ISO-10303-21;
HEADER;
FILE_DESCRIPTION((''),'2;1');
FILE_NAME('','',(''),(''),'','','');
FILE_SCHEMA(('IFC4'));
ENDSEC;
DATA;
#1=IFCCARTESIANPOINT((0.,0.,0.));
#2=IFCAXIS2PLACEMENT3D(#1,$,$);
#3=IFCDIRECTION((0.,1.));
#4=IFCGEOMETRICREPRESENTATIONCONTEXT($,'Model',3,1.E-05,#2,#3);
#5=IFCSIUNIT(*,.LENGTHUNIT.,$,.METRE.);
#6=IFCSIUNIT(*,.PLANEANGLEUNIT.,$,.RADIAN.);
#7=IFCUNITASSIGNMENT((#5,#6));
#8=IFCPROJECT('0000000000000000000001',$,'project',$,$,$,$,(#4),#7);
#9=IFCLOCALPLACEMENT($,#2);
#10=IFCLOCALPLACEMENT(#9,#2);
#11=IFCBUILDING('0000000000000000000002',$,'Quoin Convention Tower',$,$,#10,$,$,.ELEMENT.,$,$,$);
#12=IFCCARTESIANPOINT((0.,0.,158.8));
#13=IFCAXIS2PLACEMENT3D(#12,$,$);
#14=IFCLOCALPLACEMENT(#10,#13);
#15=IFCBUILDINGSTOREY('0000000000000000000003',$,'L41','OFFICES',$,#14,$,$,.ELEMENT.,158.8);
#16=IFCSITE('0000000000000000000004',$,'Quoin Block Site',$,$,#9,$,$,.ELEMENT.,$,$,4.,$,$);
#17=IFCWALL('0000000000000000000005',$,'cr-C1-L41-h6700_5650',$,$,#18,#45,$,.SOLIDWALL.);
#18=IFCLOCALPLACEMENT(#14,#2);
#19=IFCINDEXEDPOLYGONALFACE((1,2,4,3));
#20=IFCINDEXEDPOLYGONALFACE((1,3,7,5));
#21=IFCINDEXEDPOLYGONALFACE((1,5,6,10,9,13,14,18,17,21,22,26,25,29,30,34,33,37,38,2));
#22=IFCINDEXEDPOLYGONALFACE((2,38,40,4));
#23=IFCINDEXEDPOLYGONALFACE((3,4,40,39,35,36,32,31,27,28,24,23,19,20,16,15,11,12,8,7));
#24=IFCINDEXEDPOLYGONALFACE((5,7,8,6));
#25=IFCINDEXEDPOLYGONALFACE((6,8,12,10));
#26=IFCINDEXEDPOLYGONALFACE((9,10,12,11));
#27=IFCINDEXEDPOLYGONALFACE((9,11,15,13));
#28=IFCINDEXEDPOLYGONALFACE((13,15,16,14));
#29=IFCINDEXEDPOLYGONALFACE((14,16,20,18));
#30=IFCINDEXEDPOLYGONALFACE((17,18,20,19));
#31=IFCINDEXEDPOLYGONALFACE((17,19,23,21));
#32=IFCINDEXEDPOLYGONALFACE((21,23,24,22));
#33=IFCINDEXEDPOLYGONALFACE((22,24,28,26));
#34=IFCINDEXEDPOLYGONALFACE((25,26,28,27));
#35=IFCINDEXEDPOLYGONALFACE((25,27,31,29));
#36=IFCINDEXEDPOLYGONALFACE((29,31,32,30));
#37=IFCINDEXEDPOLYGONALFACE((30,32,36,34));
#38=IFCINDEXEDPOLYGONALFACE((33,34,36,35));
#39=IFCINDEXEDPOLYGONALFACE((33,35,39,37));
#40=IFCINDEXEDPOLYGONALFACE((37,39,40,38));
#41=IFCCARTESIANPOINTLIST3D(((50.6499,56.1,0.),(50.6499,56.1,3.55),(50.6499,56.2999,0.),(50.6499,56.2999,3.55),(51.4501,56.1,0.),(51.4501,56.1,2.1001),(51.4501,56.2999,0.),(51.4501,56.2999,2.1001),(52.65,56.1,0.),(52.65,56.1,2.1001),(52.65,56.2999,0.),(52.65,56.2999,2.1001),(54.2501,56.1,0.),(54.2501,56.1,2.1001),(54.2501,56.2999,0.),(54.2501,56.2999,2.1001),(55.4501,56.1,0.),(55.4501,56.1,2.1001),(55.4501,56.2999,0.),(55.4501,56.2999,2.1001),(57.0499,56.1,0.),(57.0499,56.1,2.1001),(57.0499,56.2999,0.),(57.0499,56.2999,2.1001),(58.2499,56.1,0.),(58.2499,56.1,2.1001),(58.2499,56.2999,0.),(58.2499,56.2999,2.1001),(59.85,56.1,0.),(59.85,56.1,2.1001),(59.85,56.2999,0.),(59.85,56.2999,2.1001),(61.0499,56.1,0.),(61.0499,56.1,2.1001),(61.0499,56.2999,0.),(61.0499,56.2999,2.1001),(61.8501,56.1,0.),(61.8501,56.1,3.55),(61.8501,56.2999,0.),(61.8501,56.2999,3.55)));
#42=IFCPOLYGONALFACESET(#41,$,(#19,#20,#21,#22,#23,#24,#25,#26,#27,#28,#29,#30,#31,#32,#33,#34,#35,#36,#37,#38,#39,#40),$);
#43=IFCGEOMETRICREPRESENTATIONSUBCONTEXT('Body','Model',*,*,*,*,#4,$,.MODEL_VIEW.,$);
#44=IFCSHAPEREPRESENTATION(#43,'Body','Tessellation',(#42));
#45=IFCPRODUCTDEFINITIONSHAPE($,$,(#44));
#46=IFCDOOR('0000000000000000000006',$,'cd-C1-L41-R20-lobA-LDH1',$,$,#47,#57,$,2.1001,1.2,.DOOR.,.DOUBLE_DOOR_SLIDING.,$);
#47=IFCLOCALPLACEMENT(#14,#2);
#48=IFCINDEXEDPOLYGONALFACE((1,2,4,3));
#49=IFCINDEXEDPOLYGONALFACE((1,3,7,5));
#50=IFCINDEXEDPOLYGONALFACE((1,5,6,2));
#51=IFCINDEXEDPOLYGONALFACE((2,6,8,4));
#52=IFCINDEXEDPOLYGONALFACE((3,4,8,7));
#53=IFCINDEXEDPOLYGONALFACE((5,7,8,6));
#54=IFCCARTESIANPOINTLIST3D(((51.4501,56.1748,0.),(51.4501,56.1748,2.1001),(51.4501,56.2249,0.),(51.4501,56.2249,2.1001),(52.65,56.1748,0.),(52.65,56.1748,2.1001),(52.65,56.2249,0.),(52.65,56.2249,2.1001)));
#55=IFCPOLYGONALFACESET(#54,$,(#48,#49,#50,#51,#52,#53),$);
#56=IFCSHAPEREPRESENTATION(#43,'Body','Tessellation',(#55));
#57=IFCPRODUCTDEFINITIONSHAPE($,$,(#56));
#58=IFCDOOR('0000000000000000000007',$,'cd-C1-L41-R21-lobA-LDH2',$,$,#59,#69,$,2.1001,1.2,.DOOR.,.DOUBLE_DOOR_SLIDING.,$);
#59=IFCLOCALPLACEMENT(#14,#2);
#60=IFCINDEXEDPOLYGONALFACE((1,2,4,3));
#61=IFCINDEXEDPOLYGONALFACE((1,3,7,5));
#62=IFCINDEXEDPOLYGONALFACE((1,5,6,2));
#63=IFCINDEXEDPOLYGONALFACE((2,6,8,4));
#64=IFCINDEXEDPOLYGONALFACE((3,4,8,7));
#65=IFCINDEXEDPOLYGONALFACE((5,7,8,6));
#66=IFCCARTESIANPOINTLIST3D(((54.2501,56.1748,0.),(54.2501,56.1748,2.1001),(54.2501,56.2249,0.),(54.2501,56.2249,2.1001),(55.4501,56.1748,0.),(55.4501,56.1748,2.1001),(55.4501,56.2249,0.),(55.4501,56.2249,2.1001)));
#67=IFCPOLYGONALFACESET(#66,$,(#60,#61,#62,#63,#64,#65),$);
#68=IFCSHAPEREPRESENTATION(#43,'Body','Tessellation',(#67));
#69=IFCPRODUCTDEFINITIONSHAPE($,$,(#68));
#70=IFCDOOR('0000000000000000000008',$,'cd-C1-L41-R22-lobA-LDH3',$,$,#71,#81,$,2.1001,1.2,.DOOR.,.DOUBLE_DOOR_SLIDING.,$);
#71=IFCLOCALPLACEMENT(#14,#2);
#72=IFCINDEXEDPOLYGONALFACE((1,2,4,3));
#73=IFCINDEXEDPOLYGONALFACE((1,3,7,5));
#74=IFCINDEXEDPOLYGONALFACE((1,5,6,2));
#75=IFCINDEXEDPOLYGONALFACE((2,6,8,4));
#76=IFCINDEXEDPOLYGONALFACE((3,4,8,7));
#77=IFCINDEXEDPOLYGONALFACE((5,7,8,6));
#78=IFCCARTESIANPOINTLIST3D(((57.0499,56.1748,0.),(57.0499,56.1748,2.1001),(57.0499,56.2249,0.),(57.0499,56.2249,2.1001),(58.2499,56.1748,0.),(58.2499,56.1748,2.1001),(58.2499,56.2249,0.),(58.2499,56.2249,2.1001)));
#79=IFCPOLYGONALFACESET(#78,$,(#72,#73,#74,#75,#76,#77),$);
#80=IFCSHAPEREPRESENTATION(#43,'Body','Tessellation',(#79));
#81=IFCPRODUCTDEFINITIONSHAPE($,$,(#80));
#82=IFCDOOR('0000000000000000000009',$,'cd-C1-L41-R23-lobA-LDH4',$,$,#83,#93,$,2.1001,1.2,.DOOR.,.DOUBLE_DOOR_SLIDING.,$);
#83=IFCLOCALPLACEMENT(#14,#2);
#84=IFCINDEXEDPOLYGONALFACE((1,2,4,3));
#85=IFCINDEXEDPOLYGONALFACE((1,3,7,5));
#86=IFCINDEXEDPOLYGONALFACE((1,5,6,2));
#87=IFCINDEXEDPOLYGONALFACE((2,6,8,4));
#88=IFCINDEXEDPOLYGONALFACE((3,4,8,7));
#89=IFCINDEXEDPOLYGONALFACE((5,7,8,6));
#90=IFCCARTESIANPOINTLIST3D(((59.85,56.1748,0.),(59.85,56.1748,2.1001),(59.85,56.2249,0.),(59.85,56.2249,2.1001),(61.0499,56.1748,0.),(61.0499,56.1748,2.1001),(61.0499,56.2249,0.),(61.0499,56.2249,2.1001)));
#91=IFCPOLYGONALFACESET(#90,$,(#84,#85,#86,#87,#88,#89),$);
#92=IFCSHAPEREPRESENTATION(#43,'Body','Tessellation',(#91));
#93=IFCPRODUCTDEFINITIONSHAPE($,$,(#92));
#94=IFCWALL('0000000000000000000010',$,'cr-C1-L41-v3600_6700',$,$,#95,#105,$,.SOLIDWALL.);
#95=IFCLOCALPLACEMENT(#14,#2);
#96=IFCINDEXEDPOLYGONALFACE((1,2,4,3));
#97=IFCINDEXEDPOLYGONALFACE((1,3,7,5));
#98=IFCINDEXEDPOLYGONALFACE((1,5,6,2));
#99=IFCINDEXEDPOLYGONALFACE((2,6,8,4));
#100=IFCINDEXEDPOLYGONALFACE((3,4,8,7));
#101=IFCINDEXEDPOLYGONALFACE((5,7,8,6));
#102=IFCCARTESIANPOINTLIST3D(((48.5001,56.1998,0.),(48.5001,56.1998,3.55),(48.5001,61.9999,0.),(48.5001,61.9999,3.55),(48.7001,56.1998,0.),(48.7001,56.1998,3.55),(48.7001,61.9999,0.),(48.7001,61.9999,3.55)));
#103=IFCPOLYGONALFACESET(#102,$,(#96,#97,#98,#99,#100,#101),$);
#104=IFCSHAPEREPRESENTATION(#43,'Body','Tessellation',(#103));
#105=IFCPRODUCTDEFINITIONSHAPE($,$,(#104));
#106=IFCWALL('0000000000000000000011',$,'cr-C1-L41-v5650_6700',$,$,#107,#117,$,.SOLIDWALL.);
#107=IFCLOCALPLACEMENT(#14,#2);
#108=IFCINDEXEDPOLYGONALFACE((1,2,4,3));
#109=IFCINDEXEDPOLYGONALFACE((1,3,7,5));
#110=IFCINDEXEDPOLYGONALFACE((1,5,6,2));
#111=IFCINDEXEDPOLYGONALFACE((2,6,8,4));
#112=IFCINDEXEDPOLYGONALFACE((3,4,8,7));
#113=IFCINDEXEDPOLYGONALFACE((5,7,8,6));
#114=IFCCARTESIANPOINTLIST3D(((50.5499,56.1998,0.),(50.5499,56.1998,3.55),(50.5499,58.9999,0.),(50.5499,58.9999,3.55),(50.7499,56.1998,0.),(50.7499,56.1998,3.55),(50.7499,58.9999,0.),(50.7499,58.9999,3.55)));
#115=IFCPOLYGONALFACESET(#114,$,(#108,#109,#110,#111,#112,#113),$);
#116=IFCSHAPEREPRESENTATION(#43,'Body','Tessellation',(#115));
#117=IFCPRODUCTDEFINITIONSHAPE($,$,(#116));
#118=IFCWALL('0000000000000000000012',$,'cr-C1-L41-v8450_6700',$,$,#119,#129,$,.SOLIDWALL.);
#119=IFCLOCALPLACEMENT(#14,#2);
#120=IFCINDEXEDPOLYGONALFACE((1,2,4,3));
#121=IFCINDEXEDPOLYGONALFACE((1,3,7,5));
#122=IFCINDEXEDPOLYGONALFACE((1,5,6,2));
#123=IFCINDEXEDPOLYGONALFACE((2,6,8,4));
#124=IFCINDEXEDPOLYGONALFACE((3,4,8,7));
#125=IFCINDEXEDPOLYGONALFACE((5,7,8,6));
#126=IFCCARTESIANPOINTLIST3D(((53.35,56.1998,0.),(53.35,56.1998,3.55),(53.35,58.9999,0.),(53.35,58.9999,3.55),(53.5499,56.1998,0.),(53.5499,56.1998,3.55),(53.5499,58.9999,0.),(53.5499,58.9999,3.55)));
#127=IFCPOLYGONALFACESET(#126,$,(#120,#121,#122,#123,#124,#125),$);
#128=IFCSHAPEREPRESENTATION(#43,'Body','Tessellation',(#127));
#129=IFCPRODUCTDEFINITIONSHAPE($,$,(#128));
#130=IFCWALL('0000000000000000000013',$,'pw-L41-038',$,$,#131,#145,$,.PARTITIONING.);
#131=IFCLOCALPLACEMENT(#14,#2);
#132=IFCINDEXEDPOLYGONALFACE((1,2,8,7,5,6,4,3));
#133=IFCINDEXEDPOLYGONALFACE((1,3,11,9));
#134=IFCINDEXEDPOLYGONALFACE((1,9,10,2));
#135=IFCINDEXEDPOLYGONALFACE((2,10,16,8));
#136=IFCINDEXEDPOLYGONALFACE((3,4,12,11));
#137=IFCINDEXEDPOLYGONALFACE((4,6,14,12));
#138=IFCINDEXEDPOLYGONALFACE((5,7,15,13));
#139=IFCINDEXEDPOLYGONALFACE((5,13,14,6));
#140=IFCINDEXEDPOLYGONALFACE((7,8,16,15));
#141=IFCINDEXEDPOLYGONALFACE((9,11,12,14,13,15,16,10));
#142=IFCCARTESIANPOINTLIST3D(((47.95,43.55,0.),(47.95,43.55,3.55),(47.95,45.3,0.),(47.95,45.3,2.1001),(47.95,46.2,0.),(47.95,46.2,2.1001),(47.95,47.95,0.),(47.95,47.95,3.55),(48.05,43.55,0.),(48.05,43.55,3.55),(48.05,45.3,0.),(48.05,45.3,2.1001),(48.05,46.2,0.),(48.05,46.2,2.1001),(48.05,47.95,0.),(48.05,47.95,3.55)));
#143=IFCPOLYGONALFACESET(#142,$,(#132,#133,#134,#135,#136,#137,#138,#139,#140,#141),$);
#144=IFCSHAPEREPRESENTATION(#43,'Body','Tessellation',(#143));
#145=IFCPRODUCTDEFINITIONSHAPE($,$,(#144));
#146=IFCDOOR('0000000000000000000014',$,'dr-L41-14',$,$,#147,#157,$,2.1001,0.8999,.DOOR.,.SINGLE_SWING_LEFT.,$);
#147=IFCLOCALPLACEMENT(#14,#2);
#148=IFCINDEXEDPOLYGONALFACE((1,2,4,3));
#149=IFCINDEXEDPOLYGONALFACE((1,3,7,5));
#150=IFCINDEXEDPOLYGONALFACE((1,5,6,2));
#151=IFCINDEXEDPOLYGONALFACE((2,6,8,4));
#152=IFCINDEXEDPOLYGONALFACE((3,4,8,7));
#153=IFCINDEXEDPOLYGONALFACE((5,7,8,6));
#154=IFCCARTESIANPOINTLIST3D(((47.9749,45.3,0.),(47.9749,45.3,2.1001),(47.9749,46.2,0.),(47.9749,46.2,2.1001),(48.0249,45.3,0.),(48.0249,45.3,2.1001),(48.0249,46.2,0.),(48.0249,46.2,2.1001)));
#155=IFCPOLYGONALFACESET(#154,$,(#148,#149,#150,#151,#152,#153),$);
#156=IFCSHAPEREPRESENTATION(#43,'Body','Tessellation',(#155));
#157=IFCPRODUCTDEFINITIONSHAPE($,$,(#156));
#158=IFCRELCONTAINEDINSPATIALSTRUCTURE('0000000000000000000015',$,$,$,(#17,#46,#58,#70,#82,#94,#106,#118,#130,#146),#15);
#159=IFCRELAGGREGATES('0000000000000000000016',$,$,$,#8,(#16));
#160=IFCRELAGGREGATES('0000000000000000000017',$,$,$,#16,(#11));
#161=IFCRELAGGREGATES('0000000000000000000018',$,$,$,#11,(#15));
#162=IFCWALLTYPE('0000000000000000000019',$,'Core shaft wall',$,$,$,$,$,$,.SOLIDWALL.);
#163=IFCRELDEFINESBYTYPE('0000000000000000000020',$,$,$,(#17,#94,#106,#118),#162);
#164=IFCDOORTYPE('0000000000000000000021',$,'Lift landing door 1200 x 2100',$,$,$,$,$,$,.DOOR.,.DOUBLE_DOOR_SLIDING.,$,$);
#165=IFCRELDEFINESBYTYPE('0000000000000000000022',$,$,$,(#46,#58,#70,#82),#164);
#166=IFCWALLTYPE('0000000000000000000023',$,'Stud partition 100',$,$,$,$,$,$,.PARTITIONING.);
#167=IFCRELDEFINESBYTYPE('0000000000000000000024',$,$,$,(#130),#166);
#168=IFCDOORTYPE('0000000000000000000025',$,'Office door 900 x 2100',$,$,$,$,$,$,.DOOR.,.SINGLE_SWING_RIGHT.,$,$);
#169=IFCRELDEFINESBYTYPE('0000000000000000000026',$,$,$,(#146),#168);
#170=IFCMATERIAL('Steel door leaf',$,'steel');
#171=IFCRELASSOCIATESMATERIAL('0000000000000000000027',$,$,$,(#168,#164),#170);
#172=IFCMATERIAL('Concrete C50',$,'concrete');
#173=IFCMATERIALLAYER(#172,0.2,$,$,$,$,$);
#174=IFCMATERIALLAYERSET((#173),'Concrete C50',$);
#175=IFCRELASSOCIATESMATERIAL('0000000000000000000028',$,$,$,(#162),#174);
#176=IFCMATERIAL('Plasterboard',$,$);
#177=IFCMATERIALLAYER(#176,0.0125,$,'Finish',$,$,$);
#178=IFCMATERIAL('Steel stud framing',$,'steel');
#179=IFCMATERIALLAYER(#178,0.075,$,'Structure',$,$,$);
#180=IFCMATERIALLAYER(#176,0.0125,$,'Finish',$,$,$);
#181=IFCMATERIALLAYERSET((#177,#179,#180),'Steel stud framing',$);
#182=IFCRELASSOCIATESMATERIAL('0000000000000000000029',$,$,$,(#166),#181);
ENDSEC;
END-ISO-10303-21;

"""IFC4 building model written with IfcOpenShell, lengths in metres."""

from ifc_helpers import new_model, si_unit, direction, frame, frame_2d, origin, place, context, subcontext, project, spatial, rectangle, extrude, material, layer, layer_set, type_object, element, fill, save


model = new_model("IFC4")

# Units and contexts
model_context = context("Model", 3, precision=1e-05, world=origin(), true_north=direction((0.0, 1.0)))
body_context = subcontext(model_context, "Body", "Model", "MODEL_VIEW")
ifc_project = project(units=[si_unit("LENGTHUNIT", "METRE"), si_unit("PLANEANGLEUNIT", "RADIAN")], contexts=[model_context])

# Site, building, storey
site_placement = place(None, origin())
site = spatial("IfcSite", under=ifc_project, at=site_placement, Name="Quoin Block Site", CompositionType="ELEMENT", RefElevation=4.0)
building_placement = place(site_placement, origin())
building = spatial("IfcBuilding", under=site, at=building_placement, Name="Quoin Convention Tower", CompositionType="ELEMENT")
storey_placement = place(building_placement, frame((0.0, 0.0, 158.8)))
storey = spatial("IfcBuildingStorey", under=building, at=storey_placement, Name="L41", Description="OFFICES", CompositionType="ELEMENT", Elevation=158.8)

# Shared definitions
ifc_material_1 = material(Name="Concrete C50", Category="concrete")

# Shared definitions
ifc_material_2 = material(Name="Plasterboard")
ifc_material_3 = material(Name="Steel stud framing", Category="steel")

# Shared definitions
ifc_material_4 = material(Name="Steel door leaf", Category="steel")
door_type_1 = type_object("IfcDoorType", Name="Office door 900 x 2100", OperationType="SINGLE_SWING_RIGHT", PredefinedType="DOOR", material=ifc_material_4)

# Shared definitions
ifc_layer_1 = layer(ifc_material_1, 0.2)
ifc_layer_set_1 = layer_set([ifc_layer_1], Name="Concrete C50")
wall_type_1 = type_object("IfcWallType", Name="Core shaft wall", PredefinedType="SOLIDWALL", material=ifc_layer_set_1)

# Wall, openings, doors
wall_1_placement = place(storey_placement, frame((50.6499, 56.2, 0.0), z_axis=(0.0, 0.0, 1.0), x_axis=(1.0, 0.0, 0.0)))
wall_1 = element("IfcWall", 1, at=wall_1_placement, inside=storey, type_object=wall_type_1, Name="cr-C1-L41-h6700_5650", PredefinedType="SOLIDWALL", context=body_context, shape_type="SweptSolid", body=[
    extrude(rectangle(XDim=11.2002, YDim=0.2, at=frame_2d((5.6001, 0.0))), origin(), (0.0, 0.0, 1.0), 3.55),
])
opening_1_placement = place(wall_1_placement, frame((0.8, 0.0, 0.0)))
opening_1 = element("IfcOpeningElement", 2, at=opening_1_placement, cuts=wall_1, PredefinedType="OPENING", context=body_context, shape_type="SweptSolid", body=[
    extrude(rectangle(XDim=1.2, YDim=2.1001, at=frame_2d((0.6001, 1.05))), frame((0.0, 0.1099, 0.0), z_axis=(0.0, -1.0, 0.0), x_axis=(1.0, 0.0, 0.0)), (0.0, 0.0, 1.0), 0.22),
])
opening_2_placement = place(wall_1_placement, frame((3.6001, 0.0, 0.0)))
opening_2 = element("IfcOpeningElement", 3, at=opening_2_placement, cuts=wall_1, PredefinedType="OPENING", context=body_context, shape_type="SweptSolid", body=[
    extrude(rectangle(XDim=1.2, YDim=2.1001, at=frame_2d((0.6001, 1.05))), frame((0.0, 0.1099, 0.0), z_axis=(0.0, -1.0, 0.0), x_axis=(1.0, 0.0, 0.0)), (0.0, 0.0, 1.0), 0.22),
])
opening_3_placement = place(wall_1_placement, frame((6.3999, 0.0, 0.0)))
opening_3 = element("IfcOpeningElement", 4, at=opening_3_placement, cuts=wall_1, PredefinedType="OPENING", context=body_context, shape_type="SweptSolid", body=[
    extrude(rectangle(XDim=1.2, YDim=2.1001, at=frame_2d((0.6001, 1.05))), frame((0.0, 0.1099, 0.0), z_axis=(0.0, -1.0, 0.0), x_axis=(1.0, 0.0, 0.0)), (0.0, 0.0, 1.0), 0.22),
])
opening_4_placement = place(wall_1_placement, frame((9.2, 0.0, 0.0)))
opening_4 = element("IfcOpeningElement", 5, at=opening_4_placement, cuts=wall_1, PredefinedType="OPENING", context=body_context, shape_type="SweptSolid", body=[
    extrude(rectangle(XDim=1.2, YDim=2.1001, at=frame_2d((0.6001, 1.05))), frame((0.0, 0.1099, 0.0), z_axis=(0.0, -1.0, 0.0), x_axis=(1.0, 0.0, 0.0)), (0.0, 0.0, 1.0), 0.22),
])
door_type_2 = type_object("IfcDoorType", Name="Lift landing door 1200 x 2100", OperationType="DOUBLE_DOOR_SLIDING", PredefinedType="DOOR", material=ifc_material_4)
door_1_placement = place(opening_1_placement, origin())
door_1 = element("IfcDoor", 6, at=door_1_placement, inside=storey, type_object=door_type_2, Name="cd-C1-L41-R20-lobA-LDH1", OperationType="DOUBLE_DOOR_SLIDING", OverallHeight=2.1001, OverallWidth=1.2, PredefinedType="DOOR", context=body_context, shape_type="SweptSolid", body=[
    extrude(rectangle(XDim=1.2, YDim=2.1001, at=frame_2d((0.6001, 1.05))), frame((0.0, 0.0249, 0.0), z_axis=(0.0, -1.0, 0.0), x_axis=(1.0, 0.0, 0.0)), (0.0, 0.0, 1.0), 0.05),
])
fill(opening_1, door_1)
door_2_placement = place(opening_2_placement, origin())
door_2 = element("IfcDoor", 7, at=door_2_placement, inside=storey, type_object=door_type_2, Name="cd-C1-L41-R21-lobA-LDH2", OperationType="DOUBLE_DOOR_SLIDING", OverallHeight=2.1001, OverallWidth=1.2, PredefinedType="DOOR", context=body_context, shape_type="SweptSolid", body=[
    extrude(rectangle(XDim=1.2, YDim=2.1001, at=frame_2d((0.6001, 1.05))), frame((0.0, 0.0249, 0.0), z_axis=(0.0, -1.0, 0.0), x_axis=(1.0, 0.0, 0.0)), (0.0, 0.0, 1.0), 0.05),
])
fill(opening_2, door_2)
door_3_placement = place(opening_3_placement, origin())
door_3 = element("IfcDoor", 8, at=door_3_placement, inside=storey, type_object=door_type_2, Name="cd-C1-L41-R22-lobA-LDH3", OperationType="DOUBLE_DOOR_SLIDING", OverallHeight=2.1001, OverallWidth=1.2, PredefinedType="DOOR", context=body_context, shape_type="SweptSolid", body=[
    extrude(rectangle(XDim=1.2, YDim=2.1001, at=frame_2d((0.6001, 1.05))), frame((0.0, 0.0249, 0.0), z_axis=(0.0, -1.0, 0.0), x_axis=(1.0, 0.0, 0.0)), (0.0, 0.0, 1.0), 0.05),
])
fill(opening_3, door_3)
door_4_placement = place(opening_4_placement, origin())
door_4 = element("IfcDoor", 9, at=door_4_placement, inside=storey, type_object=door_type_2, Name="cd-C1-L41-R23-lobA-LDH4", OperationType="DOUBLE_DOOR_SLIDING", OverallHeight=2.1001, OverallWidth=1.2, PredefinedType="DOOR", context=body_context, shape_type="SweptSolid", body=[
    extrude(rectangle(XDim=1.2, YDim=2.1001, at=frame_2d((0.6001, 1.05))), frame((0.0, 0.0249, 0.0), z_axis=(0.0, -1.0, 0.0), x_axis=(1.0, 0.0, 0.0)), (0.0, 0.0, 1.0), 0.05),
])
fill(opening_4, door_4)

# Walls
wall_2_placement = place(storey_placement, frame((48.6001, 56.2, 0.0), z_axis=(0.0, 0.0, 1.0), x_axis=(0.0, 1.0, 0.0)))
element("IfcWall", 10, at=wall_2_placement, inside=storey, type_object=wall_type_1, Name="cr-C1-L41-v3600_6700", PredefinedType="SOLIDWALL", context=body_context, shape_type="SweptSolid", body=[
    extrude(rectangle(XDim=5.8, YDim=0.2, at=frame_2d((2.8999, 0.0))), origin(), (0.0, 0.0, 1.0), 3.55),
])
for number, where, z_axis, x_axis, name in (
    (11, (50.6499, 56.2, 0.0), (0.0, 0.0, 1.0), (0.0, 1.0, 0.0), "cr-C1-L41-v5650_6700"),
    (12, (53.45, 56.2, 0.0), (0.0, 0.0, 1.0), (0.0, 1.0, 0.0), "cr-C1-L41-v8450_6700"),
):
    element("IfcWall", number, at=place(storey_placement, frame(where, z_axis=z_axis, x_axis=x_axis)), inside=storey, type_object=wall_type_1, Name=name, PredefinedType="SOLIDWALL", context=body_context, shape_type="SweptSolid", body=[
        extrude(rectangle(XDim=2.8, YDim=0.2, at=frame_2d((1.3999, 0.0))), origin(), (0.0, 0.0, 1.0), 3.55),
    ])

# Wall, opening, door
ifc_layer_2 = layer(ifc_material_2, 0.0125, Name="Finish")
ifc_layer_3 = layer(ifc_material_3, 0.075, Name="Structure")
ifc_layer_4 = layer(ifc_material_2, 0.0125, Name="Finish")
ifc_layer_set_2 = layer_set([ifc_layer_2, ifc_layer_3, ifc_layer_4], Name="Steel stud framing")
wall_type_2 = type_object("IfcWallType", Name="Stud partition 100", PredefinedType="PARTITIONING", material=ifc_layer_set_2)
wall_3_placement = place(storey_placement, frame((48.0, 43.55, 0.0), z_axis=(0.0, 0.0, 1.0), x_axis=(0.0, 1.0, 0.0)))
wall_3 = element("IfcWall", 13, at=wall_3_placement, inside=storey, type_object=wall_type_2, Name="pw-L41-038", PredefinedType="PARTITIONING", context=body_context, shape_type="SweptSolid", body=[
    extrude(rectangle(XDim=4.3999, YDim=0.1001, at=frame_2d((2.2, 0.0))), origin(), (0.0, 0.0, 1.0), 3.55),
])
opening_5_placement = place(wall_3_placement, frame((1.75, 0.0, 0.0)))
opening_5 = element("IfcOpeningElement", 14, at=opening_5_placement, cuts=wall_3, PredefinedType="OPENING", context=body_context, shape_type="SweptSolid", body=[
    extrude(rectangle(XDim=0.8999, YDim=2.1001, at=frame_2d((0.45, 1.05))), frame((0.0, 0.0601, 0.0), z_axis=(0.0, -1.0, 0.0), x_axis=(1.0, 0.0, 0.0)), (0.0, 0.0, 1.0), 0.1201),
])
door_5_placement = place(opening_5_placement, frame((0.8999, 0.0, 0.0), z_axis=(0.0, 0.0, 1.0), x_axis=(-1.0, 0.0, 0.0)))
door_5 = element("IfcDoor", 15, at=door_5_placement, inside=storey, type_object=door_type_1, Name="dr-L41-14", OperationType="SINGLE_SWING_LEFT", OverallHeight=2.1001, OverallWidth=0.8999, PredefinedType="DOOR", context=body_context, shape_type="SweptSolid", body=[
    extrude(rectangle(XDim=0.8999, YDim=2.1001, at=frame_2d((0.45, 1.05))), frame((0.0, 0.0249, 0.0), z_axis=(0.0, -1.0, 0.0), x_axis=(1.0, 0.0, 0.0)), (0.0, 0.0, 1.0), 0.05),
])
fill(opening_5, door_5)

save(model, "model.ifc")
